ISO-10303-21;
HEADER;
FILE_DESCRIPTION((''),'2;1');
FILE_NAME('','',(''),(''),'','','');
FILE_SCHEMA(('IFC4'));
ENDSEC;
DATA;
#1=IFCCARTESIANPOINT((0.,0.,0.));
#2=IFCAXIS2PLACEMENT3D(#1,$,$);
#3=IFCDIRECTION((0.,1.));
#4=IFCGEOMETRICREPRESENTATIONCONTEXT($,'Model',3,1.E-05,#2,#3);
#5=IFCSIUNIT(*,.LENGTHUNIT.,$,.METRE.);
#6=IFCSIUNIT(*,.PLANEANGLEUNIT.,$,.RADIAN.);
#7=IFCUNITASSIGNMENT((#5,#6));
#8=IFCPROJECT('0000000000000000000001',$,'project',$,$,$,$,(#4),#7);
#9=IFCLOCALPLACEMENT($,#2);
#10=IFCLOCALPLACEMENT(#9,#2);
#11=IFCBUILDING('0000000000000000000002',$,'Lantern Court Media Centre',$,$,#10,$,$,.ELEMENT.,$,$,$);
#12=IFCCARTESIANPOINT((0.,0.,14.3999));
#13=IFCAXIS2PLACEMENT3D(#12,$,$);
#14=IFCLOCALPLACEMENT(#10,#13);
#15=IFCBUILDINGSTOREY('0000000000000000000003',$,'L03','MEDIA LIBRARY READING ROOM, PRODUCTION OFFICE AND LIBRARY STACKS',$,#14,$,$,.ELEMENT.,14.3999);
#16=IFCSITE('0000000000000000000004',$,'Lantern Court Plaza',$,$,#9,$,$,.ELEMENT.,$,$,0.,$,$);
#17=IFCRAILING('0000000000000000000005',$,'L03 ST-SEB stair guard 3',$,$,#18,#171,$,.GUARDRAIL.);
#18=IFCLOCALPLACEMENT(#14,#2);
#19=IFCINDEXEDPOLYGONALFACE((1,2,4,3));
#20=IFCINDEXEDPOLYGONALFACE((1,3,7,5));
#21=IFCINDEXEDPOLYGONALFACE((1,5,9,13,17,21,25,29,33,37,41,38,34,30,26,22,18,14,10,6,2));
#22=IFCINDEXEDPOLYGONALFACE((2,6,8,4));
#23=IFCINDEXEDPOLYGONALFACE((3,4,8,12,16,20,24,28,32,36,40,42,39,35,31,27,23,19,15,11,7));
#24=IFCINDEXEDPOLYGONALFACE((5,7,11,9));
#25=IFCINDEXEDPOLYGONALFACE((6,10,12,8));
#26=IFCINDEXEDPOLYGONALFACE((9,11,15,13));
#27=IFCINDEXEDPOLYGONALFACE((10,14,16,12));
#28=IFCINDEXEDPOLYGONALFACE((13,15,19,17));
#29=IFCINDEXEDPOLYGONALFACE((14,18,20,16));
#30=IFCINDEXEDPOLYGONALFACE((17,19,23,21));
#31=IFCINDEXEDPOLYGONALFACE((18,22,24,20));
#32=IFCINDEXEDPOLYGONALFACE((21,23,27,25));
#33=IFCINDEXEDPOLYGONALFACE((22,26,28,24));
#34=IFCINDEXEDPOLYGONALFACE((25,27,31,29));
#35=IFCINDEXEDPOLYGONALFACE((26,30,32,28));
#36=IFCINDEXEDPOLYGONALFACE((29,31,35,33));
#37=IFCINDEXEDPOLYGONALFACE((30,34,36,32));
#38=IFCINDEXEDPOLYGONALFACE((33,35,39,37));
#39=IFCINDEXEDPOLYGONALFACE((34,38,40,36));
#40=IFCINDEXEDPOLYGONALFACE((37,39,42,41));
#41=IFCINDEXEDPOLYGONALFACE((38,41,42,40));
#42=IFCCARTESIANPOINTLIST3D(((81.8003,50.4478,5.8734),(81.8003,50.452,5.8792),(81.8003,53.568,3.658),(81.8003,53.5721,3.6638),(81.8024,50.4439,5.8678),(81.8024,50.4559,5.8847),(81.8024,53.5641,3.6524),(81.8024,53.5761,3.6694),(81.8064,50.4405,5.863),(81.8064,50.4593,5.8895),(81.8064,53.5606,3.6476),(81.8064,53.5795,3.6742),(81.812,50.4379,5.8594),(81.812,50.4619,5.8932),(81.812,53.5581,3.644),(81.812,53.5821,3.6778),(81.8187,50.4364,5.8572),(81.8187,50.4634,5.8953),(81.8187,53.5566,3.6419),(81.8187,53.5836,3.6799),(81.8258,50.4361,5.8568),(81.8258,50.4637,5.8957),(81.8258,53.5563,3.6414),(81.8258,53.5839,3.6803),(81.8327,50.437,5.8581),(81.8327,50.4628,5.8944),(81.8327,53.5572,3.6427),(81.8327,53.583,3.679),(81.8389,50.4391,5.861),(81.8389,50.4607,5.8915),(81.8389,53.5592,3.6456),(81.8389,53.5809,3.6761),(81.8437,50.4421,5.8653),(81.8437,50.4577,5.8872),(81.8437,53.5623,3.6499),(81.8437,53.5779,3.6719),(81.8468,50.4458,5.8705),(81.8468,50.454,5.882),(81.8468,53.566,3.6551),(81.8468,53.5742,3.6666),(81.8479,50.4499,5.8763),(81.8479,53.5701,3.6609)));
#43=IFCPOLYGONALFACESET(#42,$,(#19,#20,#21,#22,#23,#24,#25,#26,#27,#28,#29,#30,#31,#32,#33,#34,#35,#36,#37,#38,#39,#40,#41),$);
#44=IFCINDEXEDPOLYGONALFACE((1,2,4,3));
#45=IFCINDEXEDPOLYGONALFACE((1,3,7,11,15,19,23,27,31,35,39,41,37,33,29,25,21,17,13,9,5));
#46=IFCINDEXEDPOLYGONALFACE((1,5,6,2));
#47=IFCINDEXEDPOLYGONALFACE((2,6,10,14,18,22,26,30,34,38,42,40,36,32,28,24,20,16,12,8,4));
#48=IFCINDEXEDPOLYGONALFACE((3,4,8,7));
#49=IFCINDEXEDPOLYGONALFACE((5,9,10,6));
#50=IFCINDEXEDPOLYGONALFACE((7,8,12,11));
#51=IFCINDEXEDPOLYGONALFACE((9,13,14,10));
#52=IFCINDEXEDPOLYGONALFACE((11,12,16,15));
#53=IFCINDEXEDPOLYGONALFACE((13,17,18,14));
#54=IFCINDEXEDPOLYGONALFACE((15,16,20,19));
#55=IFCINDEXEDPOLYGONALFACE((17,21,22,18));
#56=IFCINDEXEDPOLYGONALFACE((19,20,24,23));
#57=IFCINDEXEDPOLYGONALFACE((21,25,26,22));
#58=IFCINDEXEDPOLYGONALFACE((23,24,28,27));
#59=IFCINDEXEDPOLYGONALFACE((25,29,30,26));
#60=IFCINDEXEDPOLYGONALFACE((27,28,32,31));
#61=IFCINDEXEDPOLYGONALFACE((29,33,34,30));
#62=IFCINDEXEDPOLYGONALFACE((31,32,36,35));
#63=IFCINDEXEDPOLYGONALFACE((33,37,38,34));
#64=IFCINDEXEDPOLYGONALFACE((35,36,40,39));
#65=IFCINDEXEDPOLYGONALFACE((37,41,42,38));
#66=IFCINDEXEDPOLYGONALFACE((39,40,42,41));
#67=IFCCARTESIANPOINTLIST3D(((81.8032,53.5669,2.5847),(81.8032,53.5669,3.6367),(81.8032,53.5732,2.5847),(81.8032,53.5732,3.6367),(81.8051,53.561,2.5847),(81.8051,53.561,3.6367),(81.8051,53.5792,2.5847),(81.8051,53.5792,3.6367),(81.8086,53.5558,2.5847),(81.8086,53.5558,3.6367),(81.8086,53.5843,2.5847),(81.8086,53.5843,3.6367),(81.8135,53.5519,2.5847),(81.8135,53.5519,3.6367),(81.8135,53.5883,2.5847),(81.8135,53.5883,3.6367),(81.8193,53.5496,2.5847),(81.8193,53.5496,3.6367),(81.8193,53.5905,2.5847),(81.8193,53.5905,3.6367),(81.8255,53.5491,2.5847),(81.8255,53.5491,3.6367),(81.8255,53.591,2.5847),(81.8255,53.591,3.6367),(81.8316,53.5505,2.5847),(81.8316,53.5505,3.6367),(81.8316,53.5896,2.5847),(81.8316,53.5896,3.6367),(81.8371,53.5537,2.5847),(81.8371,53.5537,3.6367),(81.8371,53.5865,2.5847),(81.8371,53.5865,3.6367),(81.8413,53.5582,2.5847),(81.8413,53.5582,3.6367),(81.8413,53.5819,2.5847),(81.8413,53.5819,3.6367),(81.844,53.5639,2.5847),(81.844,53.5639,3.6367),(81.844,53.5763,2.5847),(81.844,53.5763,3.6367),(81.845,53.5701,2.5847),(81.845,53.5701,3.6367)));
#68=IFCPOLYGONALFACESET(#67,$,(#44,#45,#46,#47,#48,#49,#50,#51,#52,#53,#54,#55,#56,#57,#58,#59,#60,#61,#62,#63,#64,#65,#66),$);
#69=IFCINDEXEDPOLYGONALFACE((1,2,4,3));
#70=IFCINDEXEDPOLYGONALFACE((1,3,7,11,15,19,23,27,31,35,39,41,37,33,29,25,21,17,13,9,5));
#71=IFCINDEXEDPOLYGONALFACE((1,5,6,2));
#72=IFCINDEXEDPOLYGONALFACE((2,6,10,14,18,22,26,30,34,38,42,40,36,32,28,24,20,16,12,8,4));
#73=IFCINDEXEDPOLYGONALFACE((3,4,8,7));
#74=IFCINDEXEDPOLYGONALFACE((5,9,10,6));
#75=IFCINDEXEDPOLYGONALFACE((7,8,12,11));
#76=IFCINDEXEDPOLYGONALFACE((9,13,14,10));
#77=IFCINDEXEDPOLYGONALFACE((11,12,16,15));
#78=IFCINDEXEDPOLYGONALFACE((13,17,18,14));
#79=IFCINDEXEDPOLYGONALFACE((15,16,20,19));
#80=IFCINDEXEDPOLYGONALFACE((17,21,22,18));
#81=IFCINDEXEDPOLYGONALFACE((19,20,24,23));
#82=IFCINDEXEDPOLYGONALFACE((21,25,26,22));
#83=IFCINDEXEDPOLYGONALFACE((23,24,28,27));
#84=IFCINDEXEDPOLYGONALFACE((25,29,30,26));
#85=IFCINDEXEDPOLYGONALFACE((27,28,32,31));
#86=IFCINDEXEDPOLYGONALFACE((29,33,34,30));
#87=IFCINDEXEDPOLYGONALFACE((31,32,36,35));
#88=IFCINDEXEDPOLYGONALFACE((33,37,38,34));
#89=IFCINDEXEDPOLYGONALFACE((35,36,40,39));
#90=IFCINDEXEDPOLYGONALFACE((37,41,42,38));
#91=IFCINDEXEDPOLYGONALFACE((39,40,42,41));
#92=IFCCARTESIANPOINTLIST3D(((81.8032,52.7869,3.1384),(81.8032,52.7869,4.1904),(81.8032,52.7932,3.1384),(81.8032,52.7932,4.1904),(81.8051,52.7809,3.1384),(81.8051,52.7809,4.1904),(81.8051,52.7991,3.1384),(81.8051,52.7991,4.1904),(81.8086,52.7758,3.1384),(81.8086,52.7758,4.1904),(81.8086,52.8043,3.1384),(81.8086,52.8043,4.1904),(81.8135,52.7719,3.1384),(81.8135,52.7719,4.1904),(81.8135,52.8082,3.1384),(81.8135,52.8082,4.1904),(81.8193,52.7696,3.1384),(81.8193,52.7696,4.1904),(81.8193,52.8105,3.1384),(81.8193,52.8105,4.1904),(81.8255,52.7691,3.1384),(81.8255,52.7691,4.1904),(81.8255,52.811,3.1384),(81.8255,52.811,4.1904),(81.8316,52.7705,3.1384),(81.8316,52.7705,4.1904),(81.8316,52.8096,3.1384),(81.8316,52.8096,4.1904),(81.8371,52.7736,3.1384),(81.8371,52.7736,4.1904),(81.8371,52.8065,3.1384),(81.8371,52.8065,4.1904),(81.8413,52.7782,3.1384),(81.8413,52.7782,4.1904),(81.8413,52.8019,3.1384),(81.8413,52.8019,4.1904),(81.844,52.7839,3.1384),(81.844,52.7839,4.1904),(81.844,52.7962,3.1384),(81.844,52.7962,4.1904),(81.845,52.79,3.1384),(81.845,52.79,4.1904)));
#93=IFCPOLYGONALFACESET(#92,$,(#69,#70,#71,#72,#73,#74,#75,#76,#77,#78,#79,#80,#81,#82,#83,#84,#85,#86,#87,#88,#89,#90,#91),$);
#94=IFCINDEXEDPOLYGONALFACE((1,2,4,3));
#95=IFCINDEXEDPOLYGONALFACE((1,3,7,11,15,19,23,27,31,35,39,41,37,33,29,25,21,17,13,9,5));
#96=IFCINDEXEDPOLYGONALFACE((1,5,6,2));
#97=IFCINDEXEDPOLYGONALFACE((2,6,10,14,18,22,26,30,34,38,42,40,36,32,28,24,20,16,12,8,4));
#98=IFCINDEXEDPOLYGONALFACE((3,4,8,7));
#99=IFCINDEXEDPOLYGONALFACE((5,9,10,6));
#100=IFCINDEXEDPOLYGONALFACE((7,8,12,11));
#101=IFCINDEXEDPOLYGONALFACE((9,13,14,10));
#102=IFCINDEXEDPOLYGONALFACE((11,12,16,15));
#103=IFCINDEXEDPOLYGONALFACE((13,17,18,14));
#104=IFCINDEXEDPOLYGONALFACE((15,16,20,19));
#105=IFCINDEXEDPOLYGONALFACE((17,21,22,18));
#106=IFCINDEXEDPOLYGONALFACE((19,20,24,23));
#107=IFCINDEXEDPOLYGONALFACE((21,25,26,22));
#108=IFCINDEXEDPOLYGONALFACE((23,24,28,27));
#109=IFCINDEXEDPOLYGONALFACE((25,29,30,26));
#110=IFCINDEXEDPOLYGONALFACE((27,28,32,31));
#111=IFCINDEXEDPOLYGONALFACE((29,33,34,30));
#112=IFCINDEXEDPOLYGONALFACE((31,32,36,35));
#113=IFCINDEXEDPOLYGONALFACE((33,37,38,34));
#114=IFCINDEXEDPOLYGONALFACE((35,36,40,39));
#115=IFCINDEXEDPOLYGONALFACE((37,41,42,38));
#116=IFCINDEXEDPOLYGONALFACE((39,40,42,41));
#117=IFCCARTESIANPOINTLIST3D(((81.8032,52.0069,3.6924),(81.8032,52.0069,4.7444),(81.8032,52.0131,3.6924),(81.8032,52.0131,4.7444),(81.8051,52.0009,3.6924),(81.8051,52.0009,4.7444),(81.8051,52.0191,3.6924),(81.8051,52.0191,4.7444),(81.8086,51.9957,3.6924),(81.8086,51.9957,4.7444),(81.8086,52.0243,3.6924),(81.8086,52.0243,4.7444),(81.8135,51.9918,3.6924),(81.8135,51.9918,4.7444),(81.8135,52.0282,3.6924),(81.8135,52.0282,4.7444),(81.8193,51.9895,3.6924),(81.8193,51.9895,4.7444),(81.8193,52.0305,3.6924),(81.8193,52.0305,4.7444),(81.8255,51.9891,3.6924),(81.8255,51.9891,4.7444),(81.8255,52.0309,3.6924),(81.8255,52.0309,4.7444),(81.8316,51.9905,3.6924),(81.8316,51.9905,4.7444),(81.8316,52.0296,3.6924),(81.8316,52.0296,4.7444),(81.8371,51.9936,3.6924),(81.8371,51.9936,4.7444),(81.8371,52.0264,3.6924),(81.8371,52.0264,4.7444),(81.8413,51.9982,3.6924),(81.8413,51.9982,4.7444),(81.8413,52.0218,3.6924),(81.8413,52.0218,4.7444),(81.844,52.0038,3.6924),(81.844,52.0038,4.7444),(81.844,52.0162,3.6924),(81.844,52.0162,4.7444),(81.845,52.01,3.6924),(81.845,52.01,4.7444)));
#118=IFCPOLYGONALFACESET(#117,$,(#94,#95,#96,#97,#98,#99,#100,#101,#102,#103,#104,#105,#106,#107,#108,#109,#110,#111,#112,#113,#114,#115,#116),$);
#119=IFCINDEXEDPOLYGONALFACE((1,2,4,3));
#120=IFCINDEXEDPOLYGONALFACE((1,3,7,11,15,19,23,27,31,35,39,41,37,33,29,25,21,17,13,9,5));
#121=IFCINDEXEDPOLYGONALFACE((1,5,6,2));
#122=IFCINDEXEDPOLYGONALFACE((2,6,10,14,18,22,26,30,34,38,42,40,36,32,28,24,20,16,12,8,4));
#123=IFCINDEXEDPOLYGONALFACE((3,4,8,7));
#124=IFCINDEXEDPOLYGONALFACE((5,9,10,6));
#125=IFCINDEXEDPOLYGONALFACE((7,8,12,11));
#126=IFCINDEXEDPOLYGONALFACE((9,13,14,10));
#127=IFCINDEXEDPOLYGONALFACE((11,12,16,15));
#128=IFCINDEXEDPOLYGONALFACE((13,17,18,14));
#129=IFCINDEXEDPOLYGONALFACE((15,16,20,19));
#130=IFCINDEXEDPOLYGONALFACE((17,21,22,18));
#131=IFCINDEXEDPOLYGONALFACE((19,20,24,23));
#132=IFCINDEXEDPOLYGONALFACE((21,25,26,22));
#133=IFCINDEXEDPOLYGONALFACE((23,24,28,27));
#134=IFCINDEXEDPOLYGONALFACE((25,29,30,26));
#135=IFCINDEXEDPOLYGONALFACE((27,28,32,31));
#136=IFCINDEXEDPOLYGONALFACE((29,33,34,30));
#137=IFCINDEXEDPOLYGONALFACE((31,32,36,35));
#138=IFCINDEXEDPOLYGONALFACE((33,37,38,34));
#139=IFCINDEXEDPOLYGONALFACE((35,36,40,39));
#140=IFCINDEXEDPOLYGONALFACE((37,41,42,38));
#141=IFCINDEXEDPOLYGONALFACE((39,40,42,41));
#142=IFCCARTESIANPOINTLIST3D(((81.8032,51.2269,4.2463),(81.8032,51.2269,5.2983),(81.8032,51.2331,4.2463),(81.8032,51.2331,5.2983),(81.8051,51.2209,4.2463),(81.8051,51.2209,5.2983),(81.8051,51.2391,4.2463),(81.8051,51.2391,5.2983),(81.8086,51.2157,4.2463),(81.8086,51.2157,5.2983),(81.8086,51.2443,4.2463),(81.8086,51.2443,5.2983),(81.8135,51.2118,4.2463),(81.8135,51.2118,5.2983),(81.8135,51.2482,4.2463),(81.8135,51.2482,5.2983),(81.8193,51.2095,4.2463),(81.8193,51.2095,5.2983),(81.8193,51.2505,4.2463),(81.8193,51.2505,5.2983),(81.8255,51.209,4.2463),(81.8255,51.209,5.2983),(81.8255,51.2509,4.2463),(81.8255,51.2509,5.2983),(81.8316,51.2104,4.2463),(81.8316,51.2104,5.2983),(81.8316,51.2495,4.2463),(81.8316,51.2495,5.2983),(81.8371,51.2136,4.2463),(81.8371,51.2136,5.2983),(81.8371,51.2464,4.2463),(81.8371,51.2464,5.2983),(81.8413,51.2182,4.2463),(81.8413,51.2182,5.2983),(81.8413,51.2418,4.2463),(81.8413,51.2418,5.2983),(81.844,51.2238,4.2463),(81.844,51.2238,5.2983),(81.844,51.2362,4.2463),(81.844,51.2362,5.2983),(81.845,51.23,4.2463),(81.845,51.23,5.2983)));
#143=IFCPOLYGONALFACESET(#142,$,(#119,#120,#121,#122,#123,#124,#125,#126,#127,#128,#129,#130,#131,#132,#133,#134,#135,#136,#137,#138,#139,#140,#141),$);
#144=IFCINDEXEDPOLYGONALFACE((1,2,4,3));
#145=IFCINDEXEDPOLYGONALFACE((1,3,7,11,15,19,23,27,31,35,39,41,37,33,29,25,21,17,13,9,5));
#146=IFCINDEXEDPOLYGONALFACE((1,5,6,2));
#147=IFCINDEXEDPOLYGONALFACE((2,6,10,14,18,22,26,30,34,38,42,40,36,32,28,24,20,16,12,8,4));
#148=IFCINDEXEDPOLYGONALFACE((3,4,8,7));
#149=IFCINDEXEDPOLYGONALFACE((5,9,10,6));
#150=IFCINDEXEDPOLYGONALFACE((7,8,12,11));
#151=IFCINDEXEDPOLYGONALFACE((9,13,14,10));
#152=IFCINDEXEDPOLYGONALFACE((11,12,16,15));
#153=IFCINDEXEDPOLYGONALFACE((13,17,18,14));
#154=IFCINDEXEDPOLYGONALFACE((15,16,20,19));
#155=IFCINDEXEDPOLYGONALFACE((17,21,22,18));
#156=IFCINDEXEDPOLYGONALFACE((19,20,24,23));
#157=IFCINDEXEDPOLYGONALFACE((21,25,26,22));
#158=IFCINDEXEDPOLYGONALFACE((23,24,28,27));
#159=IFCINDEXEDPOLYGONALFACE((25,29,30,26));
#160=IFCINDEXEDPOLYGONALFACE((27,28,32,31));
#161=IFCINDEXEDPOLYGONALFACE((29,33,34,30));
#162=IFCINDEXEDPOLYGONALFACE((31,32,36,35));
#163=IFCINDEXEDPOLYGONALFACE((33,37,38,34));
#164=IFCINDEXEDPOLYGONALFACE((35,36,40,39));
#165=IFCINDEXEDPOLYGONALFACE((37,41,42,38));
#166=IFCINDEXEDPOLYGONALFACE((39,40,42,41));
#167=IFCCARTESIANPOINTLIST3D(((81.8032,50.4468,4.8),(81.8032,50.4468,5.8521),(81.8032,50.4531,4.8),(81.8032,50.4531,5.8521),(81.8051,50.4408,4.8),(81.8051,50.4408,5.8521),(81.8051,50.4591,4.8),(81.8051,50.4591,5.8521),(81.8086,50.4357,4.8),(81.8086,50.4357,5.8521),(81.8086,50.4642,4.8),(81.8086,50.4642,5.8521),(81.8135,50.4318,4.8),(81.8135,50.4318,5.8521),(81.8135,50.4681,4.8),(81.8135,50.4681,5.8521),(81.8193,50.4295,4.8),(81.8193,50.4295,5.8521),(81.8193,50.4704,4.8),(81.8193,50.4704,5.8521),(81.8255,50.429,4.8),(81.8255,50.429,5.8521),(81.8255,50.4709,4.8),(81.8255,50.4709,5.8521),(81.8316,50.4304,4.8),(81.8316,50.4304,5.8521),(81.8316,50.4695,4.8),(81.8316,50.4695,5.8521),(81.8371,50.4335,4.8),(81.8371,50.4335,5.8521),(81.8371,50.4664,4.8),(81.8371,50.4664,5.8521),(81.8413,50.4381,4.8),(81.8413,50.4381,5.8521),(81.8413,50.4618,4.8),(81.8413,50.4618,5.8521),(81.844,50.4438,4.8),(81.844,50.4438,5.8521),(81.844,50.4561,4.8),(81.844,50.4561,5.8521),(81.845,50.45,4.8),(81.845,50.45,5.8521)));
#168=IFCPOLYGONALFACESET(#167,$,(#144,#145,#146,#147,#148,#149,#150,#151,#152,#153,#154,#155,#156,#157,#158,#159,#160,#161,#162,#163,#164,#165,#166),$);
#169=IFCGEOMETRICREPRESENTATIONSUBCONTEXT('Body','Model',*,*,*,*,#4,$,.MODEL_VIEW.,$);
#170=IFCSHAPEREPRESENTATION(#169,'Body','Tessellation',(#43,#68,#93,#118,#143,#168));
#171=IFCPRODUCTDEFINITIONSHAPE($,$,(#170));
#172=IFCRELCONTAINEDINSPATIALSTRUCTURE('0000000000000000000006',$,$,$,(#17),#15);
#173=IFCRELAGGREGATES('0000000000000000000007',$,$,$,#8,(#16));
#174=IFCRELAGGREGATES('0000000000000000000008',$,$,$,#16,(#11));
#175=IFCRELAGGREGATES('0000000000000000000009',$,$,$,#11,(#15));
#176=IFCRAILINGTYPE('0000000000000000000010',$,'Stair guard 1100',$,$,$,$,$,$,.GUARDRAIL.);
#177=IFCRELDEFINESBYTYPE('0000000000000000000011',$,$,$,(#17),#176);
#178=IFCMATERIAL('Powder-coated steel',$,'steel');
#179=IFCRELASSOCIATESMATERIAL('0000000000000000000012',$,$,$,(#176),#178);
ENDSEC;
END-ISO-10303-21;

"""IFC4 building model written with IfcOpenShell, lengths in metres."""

from ifc_helpers import new_model, si_unit, direction, frame, origin, origin_2d, place, context, subcontext, project, spatial, circle, extrude, material, type_object, element, save


model = new_model("IFC4")

# Units and contexts
model_context = context("Model", 3, precision=1e-05, world=origin(), true_north=direction((0.0, 1.0)))
body_context = subcontext(model_context, "Body", "Model", "MODEL_VIEW")
ifc_project = project(units=[si_unit("LENGTHUNIT", "METRE"), si_unit("PLANEANGLEUNIT", "RADIAN")], contexts=[model_context])

# Site, building, storey
site_placement = place(None, origin())
site = spatial("IfcSite", under=ifc_project, at=site_placement, Name="Lantern Court Plaza", CompositionType="ELEMENT", RefElevation=0.0)
building_placement = place(site_placement, origin())
building = spatial("IfcBuilding", under=site, at=building_placement, Name="Lantern Court Media Centre", CompositionType="ELEMENT")
storey_placement = place(building_placement, frame((0.0, 0.0, 14.3999)))
storey = spatial("IfcBuildingStorey", under=building, at=storey_placement, Name="L03", Description="MEDIA LIBRARY READING ROOM, PRODUCTION OFFICE AND LIBRARY STACKS", CompositionType="ELEMENT", Elevation=14.3999)

# Railing
ifc_material_1 = material(Name="Powder-coated steel", Category="steel")
railing_type_1 = type_object("IfcRailingType", Name="Stair guard 1100", PredefinedType="GUARDRAIL", material=ifc_material_1)
railing_1_placement = place(storey_placement, frame((81.824, 53.5701, 2.5847)))
element("IfcRailing", 1, at=railing_1_placement, inside=storey, type_object=railing_type_1, Name="L03 ST-SEB stair guard 3", PredefinedType="GUARDRAIL", context=body_context, shape_type="SweptSolid", body=[
    extrude(circle(Radius=0.0239, at=origin_2d()), frame((0.0, 0.0, 1.0762), z_axis=(0.0, -0.815377, 0.57893), x_axis=(1.0, 0.0, 0.0)), (0.0, 0.0, 1.0), 3.8267),
    extrude(circle(Radius=0.021, at=origin_2d()), origin(), (0.0, 0.0, 1.0), 1.052),
    extrude(circle(Radius=0.021, at=origin_2d()), frame((0.0, -0.78, 0.5537)), (0.0, 0.0, 1.0), 1.052),
    extrude(circle(Radius=0.021, at=origin_2d()), frame((0.0, -1.5601, 1.1077)), (0.0, 0.0, 1.0), 1.052),
    extrude(circle(Radius=0.021, at=origin_2d()), frame((0.0, -2.3401, 1.6616)), (0.0, 0.0, 1.0), 1.052),
    extrude(circle(Radius=0.021, at=origin_2d()), frame((0.0, -3.1201, 2.2153)), (0.0, 0.0, 1.0), 1.052),
])

save(model, "model.ifc")
